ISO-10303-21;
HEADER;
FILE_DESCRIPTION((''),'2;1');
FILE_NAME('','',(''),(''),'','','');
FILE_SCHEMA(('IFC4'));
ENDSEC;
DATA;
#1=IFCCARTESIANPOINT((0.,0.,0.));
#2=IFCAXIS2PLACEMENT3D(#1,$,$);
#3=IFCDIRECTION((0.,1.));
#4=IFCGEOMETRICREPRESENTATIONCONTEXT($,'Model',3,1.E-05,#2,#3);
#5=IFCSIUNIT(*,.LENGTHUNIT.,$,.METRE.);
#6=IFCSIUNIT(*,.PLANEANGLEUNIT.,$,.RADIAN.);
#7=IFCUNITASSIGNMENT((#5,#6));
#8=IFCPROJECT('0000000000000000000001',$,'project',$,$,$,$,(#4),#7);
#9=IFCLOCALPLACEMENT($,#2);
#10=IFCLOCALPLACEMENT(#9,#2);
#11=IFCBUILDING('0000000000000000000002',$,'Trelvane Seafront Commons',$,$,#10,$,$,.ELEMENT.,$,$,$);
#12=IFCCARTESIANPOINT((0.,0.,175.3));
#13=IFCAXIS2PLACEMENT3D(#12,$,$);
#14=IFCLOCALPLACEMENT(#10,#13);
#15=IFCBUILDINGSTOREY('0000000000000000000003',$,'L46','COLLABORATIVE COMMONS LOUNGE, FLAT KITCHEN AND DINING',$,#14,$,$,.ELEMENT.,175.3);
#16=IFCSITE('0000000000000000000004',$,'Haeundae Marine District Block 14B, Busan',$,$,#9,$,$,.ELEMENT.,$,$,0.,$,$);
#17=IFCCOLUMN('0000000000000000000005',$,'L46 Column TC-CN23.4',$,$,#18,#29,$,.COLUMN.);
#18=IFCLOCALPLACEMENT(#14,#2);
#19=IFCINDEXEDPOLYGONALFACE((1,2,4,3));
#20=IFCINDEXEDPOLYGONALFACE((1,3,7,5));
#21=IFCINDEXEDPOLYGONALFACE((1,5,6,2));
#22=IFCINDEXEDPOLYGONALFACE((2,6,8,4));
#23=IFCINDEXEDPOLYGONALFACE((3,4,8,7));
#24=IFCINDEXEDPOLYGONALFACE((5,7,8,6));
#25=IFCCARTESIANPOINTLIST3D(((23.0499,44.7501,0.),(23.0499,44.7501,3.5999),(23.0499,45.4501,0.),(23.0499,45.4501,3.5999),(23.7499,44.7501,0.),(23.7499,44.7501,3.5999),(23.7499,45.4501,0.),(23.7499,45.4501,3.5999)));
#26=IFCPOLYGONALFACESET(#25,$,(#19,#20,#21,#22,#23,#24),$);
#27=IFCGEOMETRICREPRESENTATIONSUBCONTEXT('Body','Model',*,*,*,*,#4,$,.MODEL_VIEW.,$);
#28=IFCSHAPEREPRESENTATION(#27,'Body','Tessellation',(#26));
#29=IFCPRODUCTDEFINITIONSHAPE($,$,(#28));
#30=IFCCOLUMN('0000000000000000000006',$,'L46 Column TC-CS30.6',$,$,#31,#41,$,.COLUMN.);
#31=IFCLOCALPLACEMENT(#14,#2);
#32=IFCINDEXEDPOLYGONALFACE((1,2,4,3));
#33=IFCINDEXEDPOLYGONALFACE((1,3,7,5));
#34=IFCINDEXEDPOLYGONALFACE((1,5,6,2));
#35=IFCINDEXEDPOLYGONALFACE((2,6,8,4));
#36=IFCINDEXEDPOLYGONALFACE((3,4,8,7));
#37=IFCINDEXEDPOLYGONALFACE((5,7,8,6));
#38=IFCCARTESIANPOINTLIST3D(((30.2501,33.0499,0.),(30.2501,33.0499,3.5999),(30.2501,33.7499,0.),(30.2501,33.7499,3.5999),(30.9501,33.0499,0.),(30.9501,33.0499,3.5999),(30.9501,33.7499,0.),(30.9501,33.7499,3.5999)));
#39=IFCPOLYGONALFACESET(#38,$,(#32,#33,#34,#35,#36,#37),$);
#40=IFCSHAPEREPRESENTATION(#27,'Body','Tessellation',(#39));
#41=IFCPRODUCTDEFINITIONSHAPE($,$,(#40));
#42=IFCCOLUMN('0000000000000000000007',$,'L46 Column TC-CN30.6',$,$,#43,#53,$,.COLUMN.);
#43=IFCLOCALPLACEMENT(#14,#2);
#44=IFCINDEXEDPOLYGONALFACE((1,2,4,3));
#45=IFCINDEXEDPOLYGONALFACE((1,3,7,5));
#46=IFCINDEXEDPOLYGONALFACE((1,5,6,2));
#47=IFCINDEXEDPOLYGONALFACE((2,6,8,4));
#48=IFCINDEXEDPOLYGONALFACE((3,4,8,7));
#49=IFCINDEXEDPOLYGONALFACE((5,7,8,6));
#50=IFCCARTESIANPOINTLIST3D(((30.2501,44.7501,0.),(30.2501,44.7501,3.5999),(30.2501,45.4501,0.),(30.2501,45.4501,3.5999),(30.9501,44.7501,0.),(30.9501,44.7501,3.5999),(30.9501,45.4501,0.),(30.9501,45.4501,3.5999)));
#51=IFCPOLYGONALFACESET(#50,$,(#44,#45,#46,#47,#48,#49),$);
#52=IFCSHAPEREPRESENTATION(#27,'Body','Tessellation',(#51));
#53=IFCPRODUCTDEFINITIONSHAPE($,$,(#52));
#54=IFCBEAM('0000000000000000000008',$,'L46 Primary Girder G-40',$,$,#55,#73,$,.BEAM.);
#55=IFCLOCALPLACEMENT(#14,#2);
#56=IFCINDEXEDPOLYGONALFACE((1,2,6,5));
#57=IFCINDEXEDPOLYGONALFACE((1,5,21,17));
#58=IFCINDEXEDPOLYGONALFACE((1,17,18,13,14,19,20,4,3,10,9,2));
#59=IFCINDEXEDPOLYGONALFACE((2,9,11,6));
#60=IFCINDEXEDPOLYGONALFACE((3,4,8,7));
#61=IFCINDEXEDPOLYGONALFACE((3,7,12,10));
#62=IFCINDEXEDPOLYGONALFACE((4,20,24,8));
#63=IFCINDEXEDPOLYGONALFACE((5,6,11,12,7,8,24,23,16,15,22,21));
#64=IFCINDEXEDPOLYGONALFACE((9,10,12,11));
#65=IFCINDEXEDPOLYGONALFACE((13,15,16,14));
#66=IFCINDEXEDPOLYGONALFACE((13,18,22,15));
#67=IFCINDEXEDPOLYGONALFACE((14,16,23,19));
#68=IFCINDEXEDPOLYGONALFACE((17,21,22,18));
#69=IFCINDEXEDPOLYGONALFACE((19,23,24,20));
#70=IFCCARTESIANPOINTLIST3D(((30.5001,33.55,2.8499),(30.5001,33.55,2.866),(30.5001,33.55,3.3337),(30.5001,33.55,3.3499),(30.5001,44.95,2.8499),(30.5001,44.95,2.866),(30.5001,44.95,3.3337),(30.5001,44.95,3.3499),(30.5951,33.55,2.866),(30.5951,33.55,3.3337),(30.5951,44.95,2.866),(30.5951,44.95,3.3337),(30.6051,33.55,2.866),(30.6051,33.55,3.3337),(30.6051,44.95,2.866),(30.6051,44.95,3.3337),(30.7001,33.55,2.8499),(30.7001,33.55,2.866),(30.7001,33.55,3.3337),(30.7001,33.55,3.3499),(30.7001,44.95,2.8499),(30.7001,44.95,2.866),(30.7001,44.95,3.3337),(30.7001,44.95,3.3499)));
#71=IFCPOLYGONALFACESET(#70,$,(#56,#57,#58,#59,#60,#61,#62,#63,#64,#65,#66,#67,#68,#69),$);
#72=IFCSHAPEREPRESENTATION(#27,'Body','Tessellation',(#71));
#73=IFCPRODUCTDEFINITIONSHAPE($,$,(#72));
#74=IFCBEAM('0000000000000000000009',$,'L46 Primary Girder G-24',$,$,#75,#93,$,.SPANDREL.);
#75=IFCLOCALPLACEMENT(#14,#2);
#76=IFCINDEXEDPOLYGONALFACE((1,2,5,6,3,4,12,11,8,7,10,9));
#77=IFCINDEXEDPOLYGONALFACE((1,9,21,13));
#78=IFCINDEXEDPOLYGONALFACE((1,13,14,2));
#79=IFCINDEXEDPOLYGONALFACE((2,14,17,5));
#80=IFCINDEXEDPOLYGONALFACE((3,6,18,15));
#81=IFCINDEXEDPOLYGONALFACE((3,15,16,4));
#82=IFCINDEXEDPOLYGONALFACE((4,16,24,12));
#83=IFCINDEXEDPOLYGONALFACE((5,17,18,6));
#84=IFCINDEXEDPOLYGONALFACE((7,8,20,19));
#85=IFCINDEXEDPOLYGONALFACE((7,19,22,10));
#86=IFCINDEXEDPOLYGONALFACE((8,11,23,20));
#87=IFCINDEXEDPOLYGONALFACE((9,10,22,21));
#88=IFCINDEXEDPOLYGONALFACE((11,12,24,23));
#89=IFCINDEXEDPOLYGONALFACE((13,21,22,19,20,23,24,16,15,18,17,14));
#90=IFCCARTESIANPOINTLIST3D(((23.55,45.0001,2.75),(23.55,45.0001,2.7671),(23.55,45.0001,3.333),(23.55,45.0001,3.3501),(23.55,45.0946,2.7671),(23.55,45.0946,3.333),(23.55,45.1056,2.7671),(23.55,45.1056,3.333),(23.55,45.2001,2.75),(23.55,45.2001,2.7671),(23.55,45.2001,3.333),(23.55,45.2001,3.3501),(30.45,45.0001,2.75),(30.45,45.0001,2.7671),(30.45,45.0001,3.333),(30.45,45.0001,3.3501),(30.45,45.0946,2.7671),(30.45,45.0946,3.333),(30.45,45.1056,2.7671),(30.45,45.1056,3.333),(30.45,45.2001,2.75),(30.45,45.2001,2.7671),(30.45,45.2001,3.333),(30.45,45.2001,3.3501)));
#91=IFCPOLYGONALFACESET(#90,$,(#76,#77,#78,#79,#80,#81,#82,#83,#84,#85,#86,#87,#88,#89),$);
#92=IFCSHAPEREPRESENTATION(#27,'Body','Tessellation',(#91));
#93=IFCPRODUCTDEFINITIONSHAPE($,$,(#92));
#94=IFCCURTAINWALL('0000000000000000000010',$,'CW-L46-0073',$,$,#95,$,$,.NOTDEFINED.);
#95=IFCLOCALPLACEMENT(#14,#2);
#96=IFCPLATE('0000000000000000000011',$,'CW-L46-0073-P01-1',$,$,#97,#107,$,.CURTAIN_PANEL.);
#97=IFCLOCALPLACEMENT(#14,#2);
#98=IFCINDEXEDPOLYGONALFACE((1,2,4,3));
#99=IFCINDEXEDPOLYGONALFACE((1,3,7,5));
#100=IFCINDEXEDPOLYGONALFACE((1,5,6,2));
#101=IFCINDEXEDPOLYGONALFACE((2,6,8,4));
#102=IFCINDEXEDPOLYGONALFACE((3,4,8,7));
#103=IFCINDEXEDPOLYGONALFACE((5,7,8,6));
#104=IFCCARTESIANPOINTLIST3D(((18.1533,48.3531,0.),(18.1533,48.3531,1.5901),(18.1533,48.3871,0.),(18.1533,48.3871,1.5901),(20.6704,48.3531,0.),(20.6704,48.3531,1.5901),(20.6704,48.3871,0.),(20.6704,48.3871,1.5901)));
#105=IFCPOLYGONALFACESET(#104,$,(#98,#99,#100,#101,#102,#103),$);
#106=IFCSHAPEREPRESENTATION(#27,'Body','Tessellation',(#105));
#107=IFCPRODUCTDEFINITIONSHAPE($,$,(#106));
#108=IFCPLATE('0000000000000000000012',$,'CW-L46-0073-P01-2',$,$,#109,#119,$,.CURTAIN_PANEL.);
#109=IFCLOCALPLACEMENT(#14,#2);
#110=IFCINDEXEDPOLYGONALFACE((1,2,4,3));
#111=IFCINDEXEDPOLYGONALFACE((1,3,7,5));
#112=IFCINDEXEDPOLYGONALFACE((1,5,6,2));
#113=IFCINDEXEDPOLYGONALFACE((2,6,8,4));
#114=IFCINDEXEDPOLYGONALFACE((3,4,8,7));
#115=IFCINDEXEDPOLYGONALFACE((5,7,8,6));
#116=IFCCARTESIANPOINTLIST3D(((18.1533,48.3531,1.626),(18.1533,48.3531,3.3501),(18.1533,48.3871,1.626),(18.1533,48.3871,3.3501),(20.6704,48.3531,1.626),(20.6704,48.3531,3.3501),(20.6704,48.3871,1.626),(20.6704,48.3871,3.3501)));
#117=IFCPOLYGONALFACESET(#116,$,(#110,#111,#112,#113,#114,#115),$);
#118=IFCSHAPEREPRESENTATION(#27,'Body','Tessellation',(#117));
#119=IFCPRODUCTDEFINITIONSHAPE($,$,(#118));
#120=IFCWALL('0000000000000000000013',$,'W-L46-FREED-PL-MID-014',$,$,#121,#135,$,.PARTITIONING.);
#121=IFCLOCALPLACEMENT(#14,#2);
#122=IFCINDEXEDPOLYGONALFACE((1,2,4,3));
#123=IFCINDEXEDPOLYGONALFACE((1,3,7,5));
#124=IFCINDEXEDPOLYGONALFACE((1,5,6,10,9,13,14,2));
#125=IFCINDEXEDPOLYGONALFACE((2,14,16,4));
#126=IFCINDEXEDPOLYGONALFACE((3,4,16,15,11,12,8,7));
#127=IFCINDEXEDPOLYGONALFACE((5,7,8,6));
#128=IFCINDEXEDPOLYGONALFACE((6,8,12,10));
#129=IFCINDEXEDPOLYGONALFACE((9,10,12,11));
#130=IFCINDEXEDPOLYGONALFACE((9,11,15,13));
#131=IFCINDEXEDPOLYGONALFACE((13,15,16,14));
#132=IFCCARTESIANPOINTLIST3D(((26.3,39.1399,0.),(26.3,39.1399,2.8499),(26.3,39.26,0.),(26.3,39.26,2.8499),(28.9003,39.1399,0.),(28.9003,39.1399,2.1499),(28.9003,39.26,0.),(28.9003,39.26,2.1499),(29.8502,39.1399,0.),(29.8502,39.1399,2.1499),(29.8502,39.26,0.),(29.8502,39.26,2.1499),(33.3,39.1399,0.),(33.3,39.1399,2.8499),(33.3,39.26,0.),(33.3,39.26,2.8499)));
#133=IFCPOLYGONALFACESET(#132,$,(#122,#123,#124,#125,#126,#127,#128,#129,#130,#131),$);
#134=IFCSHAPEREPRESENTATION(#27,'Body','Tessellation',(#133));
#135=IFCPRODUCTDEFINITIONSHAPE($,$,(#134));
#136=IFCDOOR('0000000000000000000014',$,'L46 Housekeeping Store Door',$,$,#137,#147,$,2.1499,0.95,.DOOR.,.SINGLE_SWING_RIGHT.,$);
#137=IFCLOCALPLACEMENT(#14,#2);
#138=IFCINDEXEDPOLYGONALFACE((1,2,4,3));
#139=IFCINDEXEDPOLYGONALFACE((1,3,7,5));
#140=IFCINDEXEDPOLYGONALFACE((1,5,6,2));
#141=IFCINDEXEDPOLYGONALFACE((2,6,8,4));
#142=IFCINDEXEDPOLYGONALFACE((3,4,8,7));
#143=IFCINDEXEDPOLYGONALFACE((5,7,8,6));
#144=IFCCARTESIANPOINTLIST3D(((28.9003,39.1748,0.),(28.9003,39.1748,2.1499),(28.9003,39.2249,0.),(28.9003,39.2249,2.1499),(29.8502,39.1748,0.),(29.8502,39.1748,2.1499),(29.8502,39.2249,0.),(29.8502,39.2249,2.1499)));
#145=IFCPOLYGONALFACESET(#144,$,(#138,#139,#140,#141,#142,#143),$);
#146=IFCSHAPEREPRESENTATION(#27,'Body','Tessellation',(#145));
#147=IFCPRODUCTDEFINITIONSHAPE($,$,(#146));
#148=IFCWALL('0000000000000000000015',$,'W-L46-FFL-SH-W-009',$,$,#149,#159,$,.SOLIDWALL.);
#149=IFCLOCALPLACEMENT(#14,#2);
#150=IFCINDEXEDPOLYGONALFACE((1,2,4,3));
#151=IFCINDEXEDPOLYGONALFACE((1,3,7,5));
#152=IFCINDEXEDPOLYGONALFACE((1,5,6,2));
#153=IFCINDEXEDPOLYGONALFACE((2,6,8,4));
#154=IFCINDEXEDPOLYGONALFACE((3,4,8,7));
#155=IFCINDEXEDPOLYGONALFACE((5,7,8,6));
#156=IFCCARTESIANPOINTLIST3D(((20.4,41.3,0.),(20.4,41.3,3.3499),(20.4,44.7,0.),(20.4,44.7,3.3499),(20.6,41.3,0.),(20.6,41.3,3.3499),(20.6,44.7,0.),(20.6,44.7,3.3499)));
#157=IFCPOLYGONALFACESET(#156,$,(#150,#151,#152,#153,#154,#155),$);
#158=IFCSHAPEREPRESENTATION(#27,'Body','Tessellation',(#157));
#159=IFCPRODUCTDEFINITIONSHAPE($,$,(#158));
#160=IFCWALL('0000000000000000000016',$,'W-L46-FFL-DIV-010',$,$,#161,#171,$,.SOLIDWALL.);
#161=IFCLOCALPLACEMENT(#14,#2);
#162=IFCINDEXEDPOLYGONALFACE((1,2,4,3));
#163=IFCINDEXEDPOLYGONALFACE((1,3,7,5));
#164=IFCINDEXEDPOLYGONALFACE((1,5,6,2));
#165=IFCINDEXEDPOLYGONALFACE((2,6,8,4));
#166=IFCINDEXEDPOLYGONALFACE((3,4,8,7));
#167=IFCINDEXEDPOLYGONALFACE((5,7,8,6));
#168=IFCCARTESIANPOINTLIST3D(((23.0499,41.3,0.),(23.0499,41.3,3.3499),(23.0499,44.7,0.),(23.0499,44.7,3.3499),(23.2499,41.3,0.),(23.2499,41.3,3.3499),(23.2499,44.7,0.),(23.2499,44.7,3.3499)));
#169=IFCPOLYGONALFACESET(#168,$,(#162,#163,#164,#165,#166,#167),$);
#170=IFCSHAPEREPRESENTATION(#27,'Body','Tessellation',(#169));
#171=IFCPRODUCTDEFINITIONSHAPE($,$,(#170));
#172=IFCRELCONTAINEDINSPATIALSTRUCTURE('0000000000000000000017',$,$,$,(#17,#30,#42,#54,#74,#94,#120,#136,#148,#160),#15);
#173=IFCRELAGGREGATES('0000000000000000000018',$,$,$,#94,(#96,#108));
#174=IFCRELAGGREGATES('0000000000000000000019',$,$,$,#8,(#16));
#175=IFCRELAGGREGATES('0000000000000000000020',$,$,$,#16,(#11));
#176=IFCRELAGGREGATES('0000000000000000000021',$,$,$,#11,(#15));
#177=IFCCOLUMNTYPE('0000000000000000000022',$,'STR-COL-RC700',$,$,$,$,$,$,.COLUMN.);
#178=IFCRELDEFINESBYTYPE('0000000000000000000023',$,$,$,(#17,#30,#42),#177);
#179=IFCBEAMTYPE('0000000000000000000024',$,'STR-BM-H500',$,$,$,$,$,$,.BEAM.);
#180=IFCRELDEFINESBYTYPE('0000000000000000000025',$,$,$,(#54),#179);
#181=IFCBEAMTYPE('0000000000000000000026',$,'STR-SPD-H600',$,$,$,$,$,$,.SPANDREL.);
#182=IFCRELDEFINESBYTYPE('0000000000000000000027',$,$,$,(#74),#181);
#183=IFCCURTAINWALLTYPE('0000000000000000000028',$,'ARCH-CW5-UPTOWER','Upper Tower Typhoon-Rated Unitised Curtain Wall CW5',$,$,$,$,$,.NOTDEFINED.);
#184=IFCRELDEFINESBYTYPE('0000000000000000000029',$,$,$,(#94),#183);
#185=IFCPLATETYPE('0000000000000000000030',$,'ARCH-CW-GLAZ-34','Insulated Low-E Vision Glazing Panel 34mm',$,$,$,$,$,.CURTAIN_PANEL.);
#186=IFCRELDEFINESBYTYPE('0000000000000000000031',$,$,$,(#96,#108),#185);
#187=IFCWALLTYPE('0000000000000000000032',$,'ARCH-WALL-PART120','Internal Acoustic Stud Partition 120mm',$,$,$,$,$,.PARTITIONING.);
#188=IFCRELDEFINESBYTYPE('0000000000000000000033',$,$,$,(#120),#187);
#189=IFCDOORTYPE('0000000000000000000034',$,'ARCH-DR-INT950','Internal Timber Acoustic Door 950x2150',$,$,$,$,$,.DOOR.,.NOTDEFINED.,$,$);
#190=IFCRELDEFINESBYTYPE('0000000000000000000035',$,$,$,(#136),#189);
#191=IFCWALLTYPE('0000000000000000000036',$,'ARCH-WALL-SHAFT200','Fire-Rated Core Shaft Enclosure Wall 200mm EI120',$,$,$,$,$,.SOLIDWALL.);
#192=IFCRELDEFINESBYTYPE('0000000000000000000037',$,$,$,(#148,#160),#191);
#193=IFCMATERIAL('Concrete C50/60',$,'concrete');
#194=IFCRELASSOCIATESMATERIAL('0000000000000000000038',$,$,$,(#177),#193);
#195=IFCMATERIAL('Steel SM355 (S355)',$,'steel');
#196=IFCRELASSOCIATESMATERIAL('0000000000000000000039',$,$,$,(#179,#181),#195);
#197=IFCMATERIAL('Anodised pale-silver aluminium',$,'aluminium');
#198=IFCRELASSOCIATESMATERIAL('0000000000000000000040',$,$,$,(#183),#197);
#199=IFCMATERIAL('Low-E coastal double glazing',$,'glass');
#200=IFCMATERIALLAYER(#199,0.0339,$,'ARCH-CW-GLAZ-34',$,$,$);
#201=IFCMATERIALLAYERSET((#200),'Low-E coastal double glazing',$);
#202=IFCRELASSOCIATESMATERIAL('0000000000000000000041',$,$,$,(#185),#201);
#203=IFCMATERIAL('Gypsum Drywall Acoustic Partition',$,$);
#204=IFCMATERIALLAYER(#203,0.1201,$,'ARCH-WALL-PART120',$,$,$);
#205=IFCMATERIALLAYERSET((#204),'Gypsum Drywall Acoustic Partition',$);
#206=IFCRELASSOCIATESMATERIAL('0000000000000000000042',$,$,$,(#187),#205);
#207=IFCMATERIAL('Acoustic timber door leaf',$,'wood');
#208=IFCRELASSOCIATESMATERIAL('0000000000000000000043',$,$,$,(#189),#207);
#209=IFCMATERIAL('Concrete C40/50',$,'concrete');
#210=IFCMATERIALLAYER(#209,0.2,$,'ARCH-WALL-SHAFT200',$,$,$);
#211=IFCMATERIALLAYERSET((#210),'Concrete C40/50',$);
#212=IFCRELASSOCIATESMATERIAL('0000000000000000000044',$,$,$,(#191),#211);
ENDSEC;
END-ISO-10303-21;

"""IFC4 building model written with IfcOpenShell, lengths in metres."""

from ifc_helpers import new_model, si_unit, direction, frame, frame_2d, origin, origin_2d, place, context, subcontext, project, spatial, rectangle, i_section, extrude, source, transform, mapped, material, layer, layer_set, material_profile, profile_set, type_object, element, fill, aggregate, save


model = new_model("IFC4")

# Units and contexts
model_context = context("Model", 3, precision=1e-05, world=origin(), true_north=direction((0.0, 1.0)))
body_context = subcontext(model_context, "Body", "Model", "MODEL_VIEW")
ifc_project = project(units=[si_unit("LENGTHUNIT", "METRE"), si_unit("PLANEANGLEUNIT", "RADIAN")], contexts=[model_context])

# Site, building, storey
site_placement = place(None, origin())
site = spatial("IfcSite", under=ifc_project, at=site_placement, Name="Haeundae Marine District Block 14B, Busan", CompositionType="ELEMENT", RefElevation=0.0)
building_placement = place(site_placement, origin())
building = spatial("IfcBuilding", under=site, at=building_placement, Name="Trelvane Seafront Commons", CompositionType="ELEMENT")
storey_placement = place(building_placement, frame((0.0, 0.0, 175.3)))
storey = spatial("IfcBuildingStorey", under=building, at=storey_placement, Name="L46", Description="COLLABORATIVE COMMONS LOUNGE, FLAT KITCHEN AND DINING", CompositionType="ELEMENT", Elevation=175.3)

# Columns
ifc_material_1 = material(Name="Concrete C50/60", Category="concrete")
ifc_material_profile_1 = material_profile(ifc_material_1, rectangle(XDim=0.7, YDim=0.7, at=origin_2d()), Name="RC-700x700")
ifc_profile_set_1 = profile_set([ifc_material_profile_1], Name="Concrete C50/60")
column_type = type_object("IfcColumnType", Name="STR-COL-RC700", PredefinedType="COLUMN", material=ifc_profile_set_1)
shared_shape_1 = source(origin(), body_context, "Body", "SweptSolid", [
    extrude(rectangle(XDim=0.7, YDim=0.7, at=origin_2d()), origin(), (0.0, 0.0, 1.0), 3.5999),
])
for number, where, z_axis, x_axis, name in (
    (1, (23.3999, 45.1001, 0.0), (0.0, 0.0, 1.0), (1.0, 0.0, 0.0), "L46 Column TC-CN23.4"),
    (2, (30.6001, 33.3999, 0.0), (0.0, 0.0, 1.0), (1.0, 0.0, 0.0), "L46 Column TC-CS30.6"),
    (3, (30.6001, 45.1001, 0.0), (0.0, 0.0, 1.0), (1.0, 0.0, 0.0), "L46 Column TC-CN30.6"),
):
    element("IfcColumn", number, at=place(storey_placement, frame(where, z_axis=z_axis, x_axis=x_axis)), inside=storey, type_object=column_type, Name=name, PredefinedType="COLUMN", context=body_context, shape_type="MappedRepresentation", body=[
        mapped(shared_shape_1, transform((0.0, 0.0, 0.0), x_axis=(1.0, 0.0, 0.0), y_axis=(0.0, 1.0, 0.0), z_axis=(0.0, 0.0, 1.0), scale=1.0)),
    ])

# Beams
ifc_material_2 = material(Name="Steel SM355 (S355)", Category="steel")
ifc_material_profile_2 = material_profile(ifc_material_2, i_section(OverallWidth=0.2, OverallDepth=0.5, WebThickness=0.01, FlangeThickness=0.0161, at=origin_2d()), Name="H-500x200x10x16")
ifc_profile_set_2 = profile_set([ifc_material_profile_2], Name="Steel SM355 (S355)")
beam_type_1 = type_object("IfcBeamType", Name="STR-BM-H500", PredefinedType="BEAM", material=ifc_profile_set_2)
shared_shape_2 = source(origin(), body_context, "Body", "SweptSolid", [
    extrude(i_section(OverallWidth=0.2, OverallDepth=0.5, WebThickness=0.01, FlangeThickness=0.0161, at=origin_2d()), origin(), (0.0, 0.0, 1.0), 11.3999),
])
beam_1_placement = place(storey_placement, frame((30.6001, 33.55, 3.0999), z_axis=(0.0, 1.0, 0.0), x_axis=(-1.0, 0.0, 0.0)))
element("IfcBeam", 4, at=beam_1_placement, inside=storey, type_object=beam_type_1, Name="L46 Primary Girder G-40", PredefinedType="BEAM", context=body_context, shape_type="MappedRepresentation", body=[
    mapped(shared_shape_2, transform((0.0, 0.0, 0.0), x_axis=(1.0, 0.0, 0.0), y_axis=(0.0, 1.0, 0.0), z_axis=(0.0, 0.0, 1.0), scale=1.0)),
])
ifc_material_profile_3 = material_profile(ifc_material_2, i_section(OverallWidth=0.2, OverallDepth=0.6001, WebThickness=0.011, FlangeThickness=0.0171, at=origin_2d()), Name="H-600x200x11x17")
ifc_profile_set_3 = profile_set([ifc_material_profile_3], Name="Steel SM355 (S355)")
beam_type_2 = type_object("IfcBeamType", Name="STR-SPD-H600", PredefinedType="SPANDREL", material=ifc_profile_set_3)
shared_shape_3 = source(origin(), body_context, "Body", "SweptSolid", [
    extrude(i_section(OverallWidth=0.2, OverallDepth=0.6001, WebThickness=0.011, FlangeThickness=0.0171, at=origin_2d()), origin(), (0.0, 0.0, 1.0), 6.8999),
])
beam_2_placement = place(storey_placement, frame((23.55, 45.1001, 3.05), z_axis=(1.0, 0.0, 0.0), x_axis=(0.0, 1.0, 0.0)))
element("IfcBeam", 5, at=beam_2_placement, inside=storey, type_object=beam_type_2, Name="L46 Primary Girder G-24", PredefinedType="SPANDREL", context=body_context, shape_type="MappedRepresentation", body=[
    mapped(shared_shape_3, transform((0.0, 0.0, 0.0), x_axis=(1.0, 0.0, 0.0), y_axis=(0.0, 1.0, 0.0), z_axis=(0.0, 0.0, 1.0), scale=1.0)),
])

# Curtain wall, plates
ifc_material_3 = material(Name="Anodised pale-silver aluminium", Category="aluminium")
curtain_wall_type = type_object("IfcCurtainWallType", Name="ARCH-CW5-UPTOWER", Description="Upper Tower Typhoon-Rated Unitised Curtain Wall CW5", PredefinedType="NOTDEFINED", material=ifc_material_3)
curtain_wall_placement = place(storey_placement, origin())
curtain_wall = element("IfcCurtainWall", 6, at=curtain_wall_placement, inside=storey, type_object=curtain_wall_type, Name="CW-L46-0073", PredefinedType="NOTDEFINED")
ifc_material_4 = material(Name="Low-E coastal double glazing", Category="glass")
ifc_layer_1 = layer(ifc_material_4, 0.0339, Name="ARCH-CW-GLAZ-34")
ifc_layer_set_1 = layer_set([ifc_layer_1], Name="Low-E coastal double glazing")
plate_type = type_object("IfcPlateType", Name="ARCH-CW-GLAZ-34", Description="Insulated Low-E Vision Glazing Panel 34mm", PredefinedType="CURTAIN_PANEL", material=ifc_layer_set_1)
shared_shape_4 = source(origin(), body_context, "Body", "SweptSolid", [
    extrude(rectangle(XDim=2.5171, YDim=0.0339, at=origin_2d()), origin(), (0.0, 0.0, 1.0), 1.5901),
])
plate_1_placement = place(storey_placement, frame((19.4119, 48.3701, 0.0), z_axis=(0.0, 0.0, 1.0), x_axis=(1.0, 0.0, 0.0)))
plate_1 = element("IfcPlate", 7, at=plate_1_placement, type_object=plate_type, Name="CW-L46-0073-P01-1", PredefinedType="CURTAIN_PANEL", context=body_context, shape_type="MappedRepresentation", body=[
    mapped(shared_shape_4, transform((0.0, 0.0, 0.0), x_axis=(1.0, 0.0, 0.0), y_axis=(0.0, 1.0, 0.0), z_axis=(0.0, 0.0, 1.0), scale=1.0)),
])
shared_shape_5 = source(origin(), body_context, "Body", "SweptSolid", [
    extrude(rectangle(XDim=2.5171, YDim=0.0339, at=origin_2d()), origin(), (0.0, 0.0, 1.0), 1.7241),
])
plate_2_placement = place(storey_placement, frame((19.4119, 48.3701, 1.626), z_axis=(0.0, 0.0, 1.0), x_axis=(1.0, 0.0, 0.0)))
plate_2 = element("IfcPlate", 8, at=plate_2_placement, type_object=plate_type, Name="CW-L46-0073-P01-2", PredefinedType="CURTAIN_PANEL", context=body_context, shape_type="MappedRepresentation", body=[
    mapped(shared_shape_5, transform((0.0, 0.0, 0.0), x_axis=(1.0, 0.0, 0.0), y_axis=(0.0, 1.0, 0.0), z_axis=(0.0, 0.0, 1.0), scale=1.0)),
])
aggregate(curtain_wall, [plate_1, plate_2])

# Wall, opening, door
ifc_material_5 = material(Name="Gypsum Drywall Acoustic Partition")
ifc_layer_2 = layer(ifc_material_5, 0.1201, Name="ARCH-WALL-PART120")
ifc_layer_set_2 = layer_set([ifc_layer_2], Name="Gypsum Drywall Acoustic Partition")
wall_type_1 = type_object("IfcWallType", Name="ARCH-WALL-PART120", Description="Internal Acoustic Stud Partition 120mm", PredefinedType="PARTITIONING", material=ifc_layer_set_2)
wall_1_placement = place(storey_placement, frame((26.3, 39.2, 0.0), z_axis=(0.0, 0.0, 1.0), x_axis=(1.0, 0.0, 0.0)))
wall_1 = element("IfcWall", 9, at=wall_1_placement, inside=storey, type_object=wall_type_1, Name="W-L46-FREED-PL-MID-014", PredefinedType="PARTITIONING", context=body_context, shape_type="SweptSolid", body=[
    extrude(rectangle(XDim=7.0, YDim=0.1201, at=frame_2d((3.5, 0.0))), origin(), (0.0, 0.0, 1.0), 2.8499),
])
opening_1_placement = place(wall_1_placement, frame((2.6001, 0.0, 0.0)))
opening_1 = element("IfcOpeningElement", 10, at=opening_1_placement, cuts=wall_1, PredefinedType="OPENING", context=body_context, shape_type="SweptSolid", body=[
    extrude(rectangle(XDim=0.95, YDim=2.1499, at=frame_2d((0.4751, 1.075))), frame((0.0, 0.0701, 0.0), z_axis=(0.0, -1.0, 0.0), x_axis=(1.0, 0.0, 0.0)), (0.0, 0.0, 1.0), 0.1401),
])
ifc_material_6 = material(Name="Acoustic timber door leaf", Category="wood")
door_type_1 = type_object("IfcDoorType", Name="ARCH-DR-INT950", Description="Internal Timber Acoustic Door 950x2150", OperationType="NOTDEFINED", PredefinedType="DOOR", material=ifc_material_6)
shared_shape_6 = source(origin(), body_context, "Body", "SweptSolid", [
    extrude(rectangle(XDim=0.95, YDim=2.1499, at=frame_2d((0.4751, 1.075))), frame((0.0, 0.0249, 0.0), z_axis=(0.0, -1.0, 0.0), x_axis=(1.0, 0.0, 0.0)), (0.0, 0.0, 1.0), 0.05),
])
door_1_placement = place(opening_1_placement, origin())
door_1 = element("IfcDoor", 11, at=door_1_placement, inside=storey, type_object=door_type_1, Name="L46 Housekeeping Store Door", OperationType="SINGLE_SWING_RIGHT", OverallHeight=2.1499, OverallWidth=0.95, PredefinedType="DOOR", context=body_context, shape_type="MappedRepresentation", body=[
    mapped(shared_shape_6, transform((0.0, 0.0, 0.0), x_axis=(1.0, 0.0, 0.0), y_axis=(0.0, 1.0, 0.0), z_axis=(0.0, 0.0, 1.0), scale=1.0)),
])
fill(opening_1, door_1)

# Shared definitions
ifc_material_7 = material(Name="Concrete C40/50", Category="concrete")
ifc_layer_3 = layer(ifc_material_7, 0.2, Name="ARCH-WALL-SHAFT200")
ifc_layer_set_3 = layer_set([ifc_layer_3], Name="Concrete C40/50")
wall_type_2 = type_object("IfcWallType", Name="ARCH-WALL-SHAFT200", Description="Fire-Rated Core Shaft Enclosure Wall 200mm EI120", PredefinedType="SOLIDWALL", material=ifc_layer_set_3)

# Walls
for number, where, z_axis, x_axis, name in (
    (12, (20.5, 41.3, 0.0), (0.0, 0.0, 1.0), (0.0, 1.0, 0.0), "W-L46-FFL-SH-W-009"),
    (13, (23.1499, 41.3, 0.0), (0.0, 0.0, 1.0), (0.0, 1.0, 0.0), "W-L46-FFL-DIV-010"),
):
    element("IfcWall", number, at=place(storey_placement, frame(where, z_axis=z_axis, x_axis=x_axis)), inside=storey, type_object=wall_type_2, Name=name, PredefinedType="SOLIDWALL", context=body_context, shape_type="SweptSolid", body=[
        extrude(rectangle(XDim=3.3999, YDim=0.2, at=frame_2d((1.7, 0.0))), origin(), (0.0, 0.0, 1.0), 3.3499),
    ])

save(model, "model.ifc")
